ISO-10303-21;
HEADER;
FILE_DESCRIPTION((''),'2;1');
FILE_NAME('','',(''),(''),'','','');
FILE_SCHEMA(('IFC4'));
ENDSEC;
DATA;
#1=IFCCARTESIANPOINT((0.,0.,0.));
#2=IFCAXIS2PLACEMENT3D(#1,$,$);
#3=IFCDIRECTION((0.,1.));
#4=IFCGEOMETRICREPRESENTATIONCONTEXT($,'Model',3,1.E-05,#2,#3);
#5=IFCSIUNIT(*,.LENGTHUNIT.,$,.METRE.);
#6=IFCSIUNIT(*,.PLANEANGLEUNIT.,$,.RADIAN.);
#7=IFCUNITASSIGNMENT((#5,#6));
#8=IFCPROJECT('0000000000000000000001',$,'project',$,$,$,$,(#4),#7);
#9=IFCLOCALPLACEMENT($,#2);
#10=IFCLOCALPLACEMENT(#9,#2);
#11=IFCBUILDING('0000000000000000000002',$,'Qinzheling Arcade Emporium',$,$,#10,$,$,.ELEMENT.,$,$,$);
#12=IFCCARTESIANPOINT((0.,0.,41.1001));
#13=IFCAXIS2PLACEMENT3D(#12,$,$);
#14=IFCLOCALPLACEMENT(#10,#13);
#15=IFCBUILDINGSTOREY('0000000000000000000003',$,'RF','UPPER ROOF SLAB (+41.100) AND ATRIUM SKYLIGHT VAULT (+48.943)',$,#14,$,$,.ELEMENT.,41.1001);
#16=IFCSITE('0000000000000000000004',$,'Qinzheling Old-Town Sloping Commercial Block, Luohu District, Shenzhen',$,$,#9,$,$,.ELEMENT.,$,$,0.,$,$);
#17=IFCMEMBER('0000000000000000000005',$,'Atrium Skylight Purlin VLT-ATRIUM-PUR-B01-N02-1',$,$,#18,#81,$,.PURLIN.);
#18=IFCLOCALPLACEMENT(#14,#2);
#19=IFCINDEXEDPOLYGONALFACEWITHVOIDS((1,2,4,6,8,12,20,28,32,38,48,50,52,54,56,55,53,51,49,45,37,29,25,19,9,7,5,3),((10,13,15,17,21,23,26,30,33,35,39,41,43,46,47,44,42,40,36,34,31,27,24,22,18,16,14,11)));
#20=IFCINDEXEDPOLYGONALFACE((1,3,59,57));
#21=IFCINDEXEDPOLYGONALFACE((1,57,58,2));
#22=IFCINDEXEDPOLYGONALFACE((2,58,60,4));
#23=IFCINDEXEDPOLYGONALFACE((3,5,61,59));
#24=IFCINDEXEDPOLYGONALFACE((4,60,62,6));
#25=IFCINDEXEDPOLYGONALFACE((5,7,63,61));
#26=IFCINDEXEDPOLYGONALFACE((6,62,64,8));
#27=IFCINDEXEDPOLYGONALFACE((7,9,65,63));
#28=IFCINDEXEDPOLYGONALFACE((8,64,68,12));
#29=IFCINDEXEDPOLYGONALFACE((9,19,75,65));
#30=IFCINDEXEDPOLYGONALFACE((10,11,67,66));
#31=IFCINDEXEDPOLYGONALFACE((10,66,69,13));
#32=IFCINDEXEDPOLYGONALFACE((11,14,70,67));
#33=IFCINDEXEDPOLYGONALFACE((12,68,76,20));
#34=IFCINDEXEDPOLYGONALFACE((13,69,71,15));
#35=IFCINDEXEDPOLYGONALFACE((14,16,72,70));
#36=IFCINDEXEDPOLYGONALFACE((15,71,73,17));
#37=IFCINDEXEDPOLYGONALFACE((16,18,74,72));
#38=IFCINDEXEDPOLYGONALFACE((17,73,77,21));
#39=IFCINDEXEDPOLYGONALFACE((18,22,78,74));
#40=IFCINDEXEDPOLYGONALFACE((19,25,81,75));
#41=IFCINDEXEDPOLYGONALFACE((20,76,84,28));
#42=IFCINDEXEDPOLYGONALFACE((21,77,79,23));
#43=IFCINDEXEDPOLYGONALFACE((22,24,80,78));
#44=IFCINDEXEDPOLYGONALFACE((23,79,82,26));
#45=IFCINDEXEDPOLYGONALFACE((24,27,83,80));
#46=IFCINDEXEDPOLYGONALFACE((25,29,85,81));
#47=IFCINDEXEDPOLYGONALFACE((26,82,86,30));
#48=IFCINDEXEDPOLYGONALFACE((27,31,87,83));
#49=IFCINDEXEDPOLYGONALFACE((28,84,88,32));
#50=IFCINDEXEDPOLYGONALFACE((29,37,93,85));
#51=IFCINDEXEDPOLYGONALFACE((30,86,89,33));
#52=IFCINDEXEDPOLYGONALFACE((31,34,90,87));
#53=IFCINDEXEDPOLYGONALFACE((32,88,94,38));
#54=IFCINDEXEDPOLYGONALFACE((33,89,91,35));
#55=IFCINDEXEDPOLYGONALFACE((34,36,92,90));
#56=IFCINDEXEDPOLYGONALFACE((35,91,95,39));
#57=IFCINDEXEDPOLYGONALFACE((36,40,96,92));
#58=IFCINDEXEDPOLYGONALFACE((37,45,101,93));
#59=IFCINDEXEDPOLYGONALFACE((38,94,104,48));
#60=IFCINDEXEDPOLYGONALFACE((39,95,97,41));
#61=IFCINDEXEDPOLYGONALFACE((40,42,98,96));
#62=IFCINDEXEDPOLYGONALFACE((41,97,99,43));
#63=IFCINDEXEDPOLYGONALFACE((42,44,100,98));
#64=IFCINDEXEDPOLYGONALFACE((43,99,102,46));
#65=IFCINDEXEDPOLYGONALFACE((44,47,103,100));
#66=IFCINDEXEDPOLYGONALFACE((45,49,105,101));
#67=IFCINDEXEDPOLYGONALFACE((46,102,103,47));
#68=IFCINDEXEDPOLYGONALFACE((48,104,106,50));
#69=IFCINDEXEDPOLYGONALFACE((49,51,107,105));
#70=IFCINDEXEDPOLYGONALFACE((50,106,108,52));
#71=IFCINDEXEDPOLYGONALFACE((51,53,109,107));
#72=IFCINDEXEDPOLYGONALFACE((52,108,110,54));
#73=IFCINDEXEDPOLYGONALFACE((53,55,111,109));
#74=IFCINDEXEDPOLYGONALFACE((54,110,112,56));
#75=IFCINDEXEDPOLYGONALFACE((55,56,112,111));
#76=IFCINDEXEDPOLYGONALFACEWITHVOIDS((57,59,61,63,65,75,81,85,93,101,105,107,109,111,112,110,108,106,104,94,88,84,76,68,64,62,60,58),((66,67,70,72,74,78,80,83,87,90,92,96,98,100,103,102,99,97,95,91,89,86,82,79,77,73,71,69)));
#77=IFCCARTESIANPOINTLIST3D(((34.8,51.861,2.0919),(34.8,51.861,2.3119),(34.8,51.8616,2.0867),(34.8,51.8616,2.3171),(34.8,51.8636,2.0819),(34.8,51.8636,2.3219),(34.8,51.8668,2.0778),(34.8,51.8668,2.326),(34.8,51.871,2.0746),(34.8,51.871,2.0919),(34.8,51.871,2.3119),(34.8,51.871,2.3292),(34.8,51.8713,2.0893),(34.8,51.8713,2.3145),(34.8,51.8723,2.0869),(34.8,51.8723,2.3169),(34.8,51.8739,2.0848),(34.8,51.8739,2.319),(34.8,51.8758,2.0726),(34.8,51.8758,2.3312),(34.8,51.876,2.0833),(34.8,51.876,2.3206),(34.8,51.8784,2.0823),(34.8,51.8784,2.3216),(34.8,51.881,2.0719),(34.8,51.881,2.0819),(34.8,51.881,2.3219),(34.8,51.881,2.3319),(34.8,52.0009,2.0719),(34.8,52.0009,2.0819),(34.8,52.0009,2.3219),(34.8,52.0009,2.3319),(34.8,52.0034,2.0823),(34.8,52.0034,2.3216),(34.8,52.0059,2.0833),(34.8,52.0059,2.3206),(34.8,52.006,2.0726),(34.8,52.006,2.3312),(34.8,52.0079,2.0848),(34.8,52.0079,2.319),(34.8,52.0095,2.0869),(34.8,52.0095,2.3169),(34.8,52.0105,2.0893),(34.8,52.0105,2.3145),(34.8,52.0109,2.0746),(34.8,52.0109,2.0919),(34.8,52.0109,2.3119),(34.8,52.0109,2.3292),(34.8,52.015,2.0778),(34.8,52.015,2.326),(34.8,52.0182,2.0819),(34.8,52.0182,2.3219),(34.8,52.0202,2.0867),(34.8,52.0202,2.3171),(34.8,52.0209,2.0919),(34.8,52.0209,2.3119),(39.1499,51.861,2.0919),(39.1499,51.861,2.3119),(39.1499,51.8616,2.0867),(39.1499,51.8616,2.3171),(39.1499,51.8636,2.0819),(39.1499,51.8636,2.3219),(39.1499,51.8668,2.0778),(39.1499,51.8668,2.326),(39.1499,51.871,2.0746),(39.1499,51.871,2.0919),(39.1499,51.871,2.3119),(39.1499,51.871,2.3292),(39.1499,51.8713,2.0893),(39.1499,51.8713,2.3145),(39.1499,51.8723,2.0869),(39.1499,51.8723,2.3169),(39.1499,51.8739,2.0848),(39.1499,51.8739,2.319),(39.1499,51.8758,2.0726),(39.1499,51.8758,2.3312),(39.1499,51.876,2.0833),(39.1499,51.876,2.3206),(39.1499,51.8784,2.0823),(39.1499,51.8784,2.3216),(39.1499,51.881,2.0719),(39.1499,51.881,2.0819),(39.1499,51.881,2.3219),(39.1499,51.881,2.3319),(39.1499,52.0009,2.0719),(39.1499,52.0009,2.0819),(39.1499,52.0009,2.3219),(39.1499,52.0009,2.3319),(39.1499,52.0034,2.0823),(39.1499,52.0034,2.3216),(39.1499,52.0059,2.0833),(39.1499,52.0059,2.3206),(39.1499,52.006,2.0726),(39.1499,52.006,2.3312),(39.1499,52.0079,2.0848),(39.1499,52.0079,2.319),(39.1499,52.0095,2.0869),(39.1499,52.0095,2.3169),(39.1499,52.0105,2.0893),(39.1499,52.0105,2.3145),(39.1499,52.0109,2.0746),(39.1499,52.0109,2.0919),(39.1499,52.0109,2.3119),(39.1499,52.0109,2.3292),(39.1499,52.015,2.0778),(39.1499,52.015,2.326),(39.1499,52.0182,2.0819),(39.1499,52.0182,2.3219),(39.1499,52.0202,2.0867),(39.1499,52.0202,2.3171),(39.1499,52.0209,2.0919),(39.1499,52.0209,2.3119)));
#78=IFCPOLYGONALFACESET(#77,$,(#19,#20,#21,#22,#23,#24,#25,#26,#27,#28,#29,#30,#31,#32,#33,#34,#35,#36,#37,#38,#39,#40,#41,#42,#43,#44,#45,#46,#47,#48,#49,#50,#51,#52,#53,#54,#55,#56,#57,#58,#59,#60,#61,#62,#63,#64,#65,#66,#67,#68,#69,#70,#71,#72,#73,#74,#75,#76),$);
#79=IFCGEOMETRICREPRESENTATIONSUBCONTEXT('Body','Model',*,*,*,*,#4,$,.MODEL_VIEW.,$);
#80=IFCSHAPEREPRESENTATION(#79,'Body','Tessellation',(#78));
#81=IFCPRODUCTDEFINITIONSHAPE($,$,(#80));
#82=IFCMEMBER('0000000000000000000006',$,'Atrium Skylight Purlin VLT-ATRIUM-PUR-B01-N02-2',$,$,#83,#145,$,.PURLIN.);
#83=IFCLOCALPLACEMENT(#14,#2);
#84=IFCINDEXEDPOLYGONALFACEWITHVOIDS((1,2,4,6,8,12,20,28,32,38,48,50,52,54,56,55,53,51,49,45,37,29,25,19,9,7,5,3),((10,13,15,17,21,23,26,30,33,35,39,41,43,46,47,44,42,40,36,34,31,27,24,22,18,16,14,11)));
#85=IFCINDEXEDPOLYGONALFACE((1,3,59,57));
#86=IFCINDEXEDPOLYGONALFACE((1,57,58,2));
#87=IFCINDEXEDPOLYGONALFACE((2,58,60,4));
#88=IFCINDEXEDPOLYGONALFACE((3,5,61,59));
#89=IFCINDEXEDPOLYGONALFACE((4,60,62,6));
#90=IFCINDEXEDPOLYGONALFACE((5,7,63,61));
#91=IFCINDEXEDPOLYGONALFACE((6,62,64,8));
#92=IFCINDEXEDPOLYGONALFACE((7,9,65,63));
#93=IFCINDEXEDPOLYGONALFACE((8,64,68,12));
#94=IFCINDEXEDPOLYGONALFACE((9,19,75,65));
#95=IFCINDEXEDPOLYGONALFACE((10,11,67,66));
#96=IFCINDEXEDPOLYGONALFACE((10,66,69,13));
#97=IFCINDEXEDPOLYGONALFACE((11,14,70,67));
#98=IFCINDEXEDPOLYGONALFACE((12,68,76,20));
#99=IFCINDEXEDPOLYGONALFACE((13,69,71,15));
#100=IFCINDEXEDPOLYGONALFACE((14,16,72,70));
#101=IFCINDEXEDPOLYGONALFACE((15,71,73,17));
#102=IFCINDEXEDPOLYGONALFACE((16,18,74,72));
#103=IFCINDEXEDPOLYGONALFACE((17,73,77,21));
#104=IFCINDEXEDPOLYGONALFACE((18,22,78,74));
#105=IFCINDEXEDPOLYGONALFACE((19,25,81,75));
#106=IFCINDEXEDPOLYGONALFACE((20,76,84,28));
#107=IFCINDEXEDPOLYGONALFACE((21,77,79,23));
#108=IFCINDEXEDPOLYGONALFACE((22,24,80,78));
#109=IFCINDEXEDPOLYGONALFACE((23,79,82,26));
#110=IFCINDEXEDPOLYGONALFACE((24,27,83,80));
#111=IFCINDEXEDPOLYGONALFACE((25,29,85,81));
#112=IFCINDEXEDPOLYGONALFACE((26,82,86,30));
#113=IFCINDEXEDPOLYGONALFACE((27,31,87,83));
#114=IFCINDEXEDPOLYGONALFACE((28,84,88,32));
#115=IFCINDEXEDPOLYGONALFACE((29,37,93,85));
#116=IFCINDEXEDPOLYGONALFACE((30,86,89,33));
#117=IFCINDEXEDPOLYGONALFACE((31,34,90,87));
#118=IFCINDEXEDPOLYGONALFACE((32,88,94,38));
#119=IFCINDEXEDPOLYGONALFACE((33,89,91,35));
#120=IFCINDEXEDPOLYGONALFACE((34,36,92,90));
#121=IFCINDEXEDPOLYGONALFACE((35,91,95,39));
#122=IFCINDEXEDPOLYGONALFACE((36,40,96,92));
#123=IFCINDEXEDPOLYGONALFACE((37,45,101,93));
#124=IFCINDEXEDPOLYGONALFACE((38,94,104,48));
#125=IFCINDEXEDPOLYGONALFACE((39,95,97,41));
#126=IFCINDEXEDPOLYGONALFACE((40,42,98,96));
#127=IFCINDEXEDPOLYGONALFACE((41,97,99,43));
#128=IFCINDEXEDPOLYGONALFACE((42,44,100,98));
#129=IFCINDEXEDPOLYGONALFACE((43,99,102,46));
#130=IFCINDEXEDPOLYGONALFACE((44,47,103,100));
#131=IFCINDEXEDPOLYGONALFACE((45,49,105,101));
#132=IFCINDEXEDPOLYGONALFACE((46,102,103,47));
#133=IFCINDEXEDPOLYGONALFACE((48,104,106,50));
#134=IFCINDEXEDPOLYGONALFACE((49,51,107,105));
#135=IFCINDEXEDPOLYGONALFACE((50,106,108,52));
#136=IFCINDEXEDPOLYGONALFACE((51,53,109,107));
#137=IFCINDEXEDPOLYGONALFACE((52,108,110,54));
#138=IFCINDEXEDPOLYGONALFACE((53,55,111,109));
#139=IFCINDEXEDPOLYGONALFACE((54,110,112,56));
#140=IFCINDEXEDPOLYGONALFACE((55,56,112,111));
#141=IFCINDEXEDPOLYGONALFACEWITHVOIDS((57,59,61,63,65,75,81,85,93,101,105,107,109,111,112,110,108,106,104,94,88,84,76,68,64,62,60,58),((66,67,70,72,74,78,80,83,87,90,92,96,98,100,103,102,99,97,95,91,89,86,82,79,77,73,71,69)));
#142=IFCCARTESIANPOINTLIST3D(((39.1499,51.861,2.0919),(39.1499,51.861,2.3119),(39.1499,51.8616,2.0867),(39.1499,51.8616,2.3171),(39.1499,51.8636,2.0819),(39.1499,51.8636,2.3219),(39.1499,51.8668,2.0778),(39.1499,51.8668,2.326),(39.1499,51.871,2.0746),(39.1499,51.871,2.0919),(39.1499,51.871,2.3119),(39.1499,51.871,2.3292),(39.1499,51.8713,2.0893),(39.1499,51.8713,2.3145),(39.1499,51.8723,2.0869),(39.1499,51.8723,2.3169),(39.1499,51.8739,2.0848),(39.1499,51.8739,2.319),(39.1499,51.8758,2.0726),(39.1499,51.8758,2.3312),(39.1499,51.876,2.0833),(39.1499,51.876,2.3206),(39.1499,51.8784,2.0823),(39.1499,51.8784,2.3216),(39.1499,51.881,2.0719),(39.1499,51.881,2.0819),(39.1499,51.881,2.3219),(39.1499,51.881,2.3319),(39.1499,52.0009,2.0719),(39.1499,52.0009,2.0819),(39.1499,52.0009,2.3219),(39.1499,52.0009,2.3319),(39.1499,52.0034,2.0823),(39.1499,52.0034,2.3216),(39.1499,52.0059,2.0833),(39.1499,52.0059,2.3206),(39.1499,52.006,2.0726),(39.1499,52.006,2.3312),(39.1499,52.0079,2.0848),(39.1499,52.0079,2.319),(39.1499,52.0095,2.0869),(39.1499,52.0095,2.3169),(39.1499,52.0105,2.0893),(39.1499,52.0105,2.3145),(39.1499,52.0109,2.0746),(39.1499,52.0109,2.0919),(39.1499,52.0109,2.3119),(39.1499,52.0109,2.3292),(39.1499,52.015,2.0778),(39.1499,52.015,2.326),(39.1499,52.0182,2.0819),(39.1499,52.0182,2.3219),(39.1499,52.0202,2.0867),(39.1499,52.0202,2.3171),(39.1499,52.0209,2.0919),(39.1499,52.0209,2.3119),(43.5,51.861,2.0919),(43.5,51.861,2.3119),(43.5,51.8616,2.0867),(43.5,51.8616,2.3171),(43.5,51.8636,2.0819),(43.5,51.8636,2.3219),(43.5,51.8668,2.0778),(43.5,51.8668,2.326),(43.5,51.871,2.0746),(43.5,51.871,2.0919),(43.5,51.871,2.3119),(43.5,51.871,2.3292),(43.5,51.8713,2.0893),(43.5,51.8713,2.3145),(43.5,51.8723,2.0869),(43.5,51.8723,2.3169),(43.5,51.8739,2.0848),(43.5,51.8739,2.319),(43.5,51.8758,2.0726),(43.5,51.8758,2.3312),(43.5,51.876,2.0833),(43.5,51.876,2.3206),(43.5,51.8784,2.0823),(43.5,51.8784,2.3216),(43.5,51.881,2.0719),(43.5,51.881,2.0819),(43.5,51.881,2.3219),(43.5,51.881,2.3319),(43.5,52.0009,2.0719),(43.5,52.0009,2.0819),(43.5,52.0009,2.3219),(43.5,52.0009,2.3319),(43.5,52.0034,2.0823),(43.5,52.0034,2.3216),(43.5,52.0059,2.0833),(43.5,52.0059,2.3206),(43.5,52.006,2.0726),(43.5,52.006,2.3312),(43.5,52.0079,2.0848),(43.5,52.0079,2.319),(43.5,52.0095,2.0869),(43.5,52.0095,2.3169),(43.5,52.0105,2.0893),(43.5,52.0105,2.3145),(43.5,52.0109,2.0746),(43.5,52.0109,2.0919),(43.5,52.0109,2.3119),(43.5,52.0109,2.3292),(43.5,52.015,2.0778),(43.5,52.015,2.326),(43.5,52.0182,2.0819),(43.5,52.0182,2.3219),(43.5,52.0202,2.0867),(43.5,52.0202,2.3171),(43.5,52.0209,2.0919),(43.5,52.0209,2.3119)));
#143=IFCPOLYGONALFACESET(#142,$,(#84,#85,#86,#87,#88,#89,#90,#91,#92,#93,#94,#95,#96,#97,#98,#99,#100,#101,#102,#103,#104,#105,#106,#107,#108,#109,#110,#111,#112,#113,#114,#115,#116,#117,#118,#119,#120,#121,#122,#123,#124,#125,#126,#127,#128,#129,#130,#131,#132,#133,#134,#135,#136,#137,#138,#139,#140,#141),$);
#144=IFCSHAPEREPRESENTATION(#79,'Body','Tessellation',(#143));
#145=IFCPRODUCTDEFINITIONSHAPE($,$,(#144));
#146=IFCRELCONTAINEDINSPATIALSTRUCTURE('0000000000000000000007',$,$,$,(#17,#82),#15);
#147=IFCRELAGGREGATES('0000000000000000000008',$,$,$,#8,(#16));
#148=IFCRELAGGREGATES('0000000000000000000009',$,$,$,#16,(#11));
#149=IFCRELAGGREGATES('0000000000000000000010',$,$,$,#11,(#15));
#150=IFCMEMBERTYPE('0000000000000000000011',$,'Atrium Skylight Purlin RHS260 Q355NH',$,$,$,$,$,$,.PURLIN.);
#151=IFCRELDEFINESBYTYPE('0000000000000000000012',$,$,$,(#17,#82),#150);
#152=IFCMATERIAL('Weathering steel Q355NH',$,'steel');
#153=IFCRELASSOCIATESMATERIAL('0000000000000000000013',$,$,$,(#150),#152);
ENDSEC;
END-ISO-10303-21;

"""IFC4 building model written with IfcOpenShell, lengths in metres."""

from ifc_helpers import new_model, si_unit, direction, frame, origin, origin_2d, place, context, subcontext, project, spatial, hollow_rectangle, extrude, material, material_profile, profile_set, type_object, element, save


model = new_model("IFC4")

# Units and contexts
model_context = context("Model", 3, precision=1e-05, world=origin(), true_north=direction((0.0, 1.0)))
body_context = subcontext(model_context, "Body", "Model", "MODEL_VIEW")
ifc_project = project(units=[si_unit("LENGTHUNIT", "METRE"), si_unit("PLANEANGLEUNIT", "RADIAN")], contexts=[model_context])

# Site, building, storey
site_placement = place(None, origin())
site = spatial("IfcSite", under=ifc_project, at=site_placement, Name="Qinzheling Old-Town Sloping Commercial Block, Luohu District, Shenzhen", CompositionType="ELEMENT", RefElevation=0.0)
building_placement = place(site_placement, origin())
building = spatial("IfcBuilding", under=site, at=building_placement, Name="Qinzheling Arcade Emporium", CompositionType="ELEMENT")
storey_placement = place(building_placement, frame((0.0, 0.0, 41.1001)))
storey = spatial("IfcBuildingStorey", under=building, at=storey_placement, Name="RF", Description="UPPER ROOF SLAB (+41.100) AND ATRIUM SKYLIGHT VAULT (+48.943)", CompositionType="ELEMENT", Elevation=41.1001)

# Shared definitions
ifc_material_1 = material(Name="Weathering steel Q355NH", Category="steel")

# Members
ifc_material_profile_1 = material_profile(ifc_material_1, hollow_rectangle(XDim=0.1599, YDim=0.26, WallThickness=0.01, InnerFilletRadius=0.01, OuterFilletRadius=0.02, at=origin_2d()), Name="RHS 260x160x10", Category="steel")
ifc_profile_set_1 = profile_set([ifc_material_profile_1], Name="Weathering steel Q355NH")
member_type = type_object("IfcMemberType", Name="Atrium Skylight Purlin RHS260 Q355NH", PredefinedType="PURLIN", material=ifc_profile_set_1)
member_1_placement = place(storey_placement, frame((34.8, 51.9409, 2.2019), z_axis=(1.0, 0.0, 0.0), x_axis=(0.0, 1.0, 0.0)))
element("IfcMember", 1, at=member_1_placement, inside=storey, type_object=member_type, Name="Atrium Skylight Purlin VLT-ATRIUM-PUR-B01-N02-1", PredefinedType="PURLIN", context=body_context, shape_type="SweptSolid", body=[
    extrude(hollow_rectangle(XDim=0.1599, YDim=0.26, WallThickness=0.01, InnerFilletRadius=0.01, OuterFilletRadius=0.02, at=origin_2d()), origin(), (0.0, 0.0, 1.0), 4.3499),
])
member_2_placement = place(storey_placement, frame((39.1499, 51.9409, 2.2019), z_axis=(1.0, 0.0, 0.0), x_axis=(0.0, 1.0, 0.0)))
element("IfcMember", 2, at=member_2_placement, inside=storey, type_object=member_type, Name="Atrium Skylight Purlin VLT-ATRIUM-PUR-B01-N02-2", PredefinedType="PURLIN", context=body_context, shape_type="SweptSolid", body=[
    extrude(hollow_rectangle(XDim=0.1599, YDim=0.26, WallThickness=0.01, InnerFilletRadius=0.01, OuterFilletRadius=0.02, at=origin_2d()), origin(), (0.0, 0.0, 1.0), 4.3501),
])

save(model, "model.ifc")
